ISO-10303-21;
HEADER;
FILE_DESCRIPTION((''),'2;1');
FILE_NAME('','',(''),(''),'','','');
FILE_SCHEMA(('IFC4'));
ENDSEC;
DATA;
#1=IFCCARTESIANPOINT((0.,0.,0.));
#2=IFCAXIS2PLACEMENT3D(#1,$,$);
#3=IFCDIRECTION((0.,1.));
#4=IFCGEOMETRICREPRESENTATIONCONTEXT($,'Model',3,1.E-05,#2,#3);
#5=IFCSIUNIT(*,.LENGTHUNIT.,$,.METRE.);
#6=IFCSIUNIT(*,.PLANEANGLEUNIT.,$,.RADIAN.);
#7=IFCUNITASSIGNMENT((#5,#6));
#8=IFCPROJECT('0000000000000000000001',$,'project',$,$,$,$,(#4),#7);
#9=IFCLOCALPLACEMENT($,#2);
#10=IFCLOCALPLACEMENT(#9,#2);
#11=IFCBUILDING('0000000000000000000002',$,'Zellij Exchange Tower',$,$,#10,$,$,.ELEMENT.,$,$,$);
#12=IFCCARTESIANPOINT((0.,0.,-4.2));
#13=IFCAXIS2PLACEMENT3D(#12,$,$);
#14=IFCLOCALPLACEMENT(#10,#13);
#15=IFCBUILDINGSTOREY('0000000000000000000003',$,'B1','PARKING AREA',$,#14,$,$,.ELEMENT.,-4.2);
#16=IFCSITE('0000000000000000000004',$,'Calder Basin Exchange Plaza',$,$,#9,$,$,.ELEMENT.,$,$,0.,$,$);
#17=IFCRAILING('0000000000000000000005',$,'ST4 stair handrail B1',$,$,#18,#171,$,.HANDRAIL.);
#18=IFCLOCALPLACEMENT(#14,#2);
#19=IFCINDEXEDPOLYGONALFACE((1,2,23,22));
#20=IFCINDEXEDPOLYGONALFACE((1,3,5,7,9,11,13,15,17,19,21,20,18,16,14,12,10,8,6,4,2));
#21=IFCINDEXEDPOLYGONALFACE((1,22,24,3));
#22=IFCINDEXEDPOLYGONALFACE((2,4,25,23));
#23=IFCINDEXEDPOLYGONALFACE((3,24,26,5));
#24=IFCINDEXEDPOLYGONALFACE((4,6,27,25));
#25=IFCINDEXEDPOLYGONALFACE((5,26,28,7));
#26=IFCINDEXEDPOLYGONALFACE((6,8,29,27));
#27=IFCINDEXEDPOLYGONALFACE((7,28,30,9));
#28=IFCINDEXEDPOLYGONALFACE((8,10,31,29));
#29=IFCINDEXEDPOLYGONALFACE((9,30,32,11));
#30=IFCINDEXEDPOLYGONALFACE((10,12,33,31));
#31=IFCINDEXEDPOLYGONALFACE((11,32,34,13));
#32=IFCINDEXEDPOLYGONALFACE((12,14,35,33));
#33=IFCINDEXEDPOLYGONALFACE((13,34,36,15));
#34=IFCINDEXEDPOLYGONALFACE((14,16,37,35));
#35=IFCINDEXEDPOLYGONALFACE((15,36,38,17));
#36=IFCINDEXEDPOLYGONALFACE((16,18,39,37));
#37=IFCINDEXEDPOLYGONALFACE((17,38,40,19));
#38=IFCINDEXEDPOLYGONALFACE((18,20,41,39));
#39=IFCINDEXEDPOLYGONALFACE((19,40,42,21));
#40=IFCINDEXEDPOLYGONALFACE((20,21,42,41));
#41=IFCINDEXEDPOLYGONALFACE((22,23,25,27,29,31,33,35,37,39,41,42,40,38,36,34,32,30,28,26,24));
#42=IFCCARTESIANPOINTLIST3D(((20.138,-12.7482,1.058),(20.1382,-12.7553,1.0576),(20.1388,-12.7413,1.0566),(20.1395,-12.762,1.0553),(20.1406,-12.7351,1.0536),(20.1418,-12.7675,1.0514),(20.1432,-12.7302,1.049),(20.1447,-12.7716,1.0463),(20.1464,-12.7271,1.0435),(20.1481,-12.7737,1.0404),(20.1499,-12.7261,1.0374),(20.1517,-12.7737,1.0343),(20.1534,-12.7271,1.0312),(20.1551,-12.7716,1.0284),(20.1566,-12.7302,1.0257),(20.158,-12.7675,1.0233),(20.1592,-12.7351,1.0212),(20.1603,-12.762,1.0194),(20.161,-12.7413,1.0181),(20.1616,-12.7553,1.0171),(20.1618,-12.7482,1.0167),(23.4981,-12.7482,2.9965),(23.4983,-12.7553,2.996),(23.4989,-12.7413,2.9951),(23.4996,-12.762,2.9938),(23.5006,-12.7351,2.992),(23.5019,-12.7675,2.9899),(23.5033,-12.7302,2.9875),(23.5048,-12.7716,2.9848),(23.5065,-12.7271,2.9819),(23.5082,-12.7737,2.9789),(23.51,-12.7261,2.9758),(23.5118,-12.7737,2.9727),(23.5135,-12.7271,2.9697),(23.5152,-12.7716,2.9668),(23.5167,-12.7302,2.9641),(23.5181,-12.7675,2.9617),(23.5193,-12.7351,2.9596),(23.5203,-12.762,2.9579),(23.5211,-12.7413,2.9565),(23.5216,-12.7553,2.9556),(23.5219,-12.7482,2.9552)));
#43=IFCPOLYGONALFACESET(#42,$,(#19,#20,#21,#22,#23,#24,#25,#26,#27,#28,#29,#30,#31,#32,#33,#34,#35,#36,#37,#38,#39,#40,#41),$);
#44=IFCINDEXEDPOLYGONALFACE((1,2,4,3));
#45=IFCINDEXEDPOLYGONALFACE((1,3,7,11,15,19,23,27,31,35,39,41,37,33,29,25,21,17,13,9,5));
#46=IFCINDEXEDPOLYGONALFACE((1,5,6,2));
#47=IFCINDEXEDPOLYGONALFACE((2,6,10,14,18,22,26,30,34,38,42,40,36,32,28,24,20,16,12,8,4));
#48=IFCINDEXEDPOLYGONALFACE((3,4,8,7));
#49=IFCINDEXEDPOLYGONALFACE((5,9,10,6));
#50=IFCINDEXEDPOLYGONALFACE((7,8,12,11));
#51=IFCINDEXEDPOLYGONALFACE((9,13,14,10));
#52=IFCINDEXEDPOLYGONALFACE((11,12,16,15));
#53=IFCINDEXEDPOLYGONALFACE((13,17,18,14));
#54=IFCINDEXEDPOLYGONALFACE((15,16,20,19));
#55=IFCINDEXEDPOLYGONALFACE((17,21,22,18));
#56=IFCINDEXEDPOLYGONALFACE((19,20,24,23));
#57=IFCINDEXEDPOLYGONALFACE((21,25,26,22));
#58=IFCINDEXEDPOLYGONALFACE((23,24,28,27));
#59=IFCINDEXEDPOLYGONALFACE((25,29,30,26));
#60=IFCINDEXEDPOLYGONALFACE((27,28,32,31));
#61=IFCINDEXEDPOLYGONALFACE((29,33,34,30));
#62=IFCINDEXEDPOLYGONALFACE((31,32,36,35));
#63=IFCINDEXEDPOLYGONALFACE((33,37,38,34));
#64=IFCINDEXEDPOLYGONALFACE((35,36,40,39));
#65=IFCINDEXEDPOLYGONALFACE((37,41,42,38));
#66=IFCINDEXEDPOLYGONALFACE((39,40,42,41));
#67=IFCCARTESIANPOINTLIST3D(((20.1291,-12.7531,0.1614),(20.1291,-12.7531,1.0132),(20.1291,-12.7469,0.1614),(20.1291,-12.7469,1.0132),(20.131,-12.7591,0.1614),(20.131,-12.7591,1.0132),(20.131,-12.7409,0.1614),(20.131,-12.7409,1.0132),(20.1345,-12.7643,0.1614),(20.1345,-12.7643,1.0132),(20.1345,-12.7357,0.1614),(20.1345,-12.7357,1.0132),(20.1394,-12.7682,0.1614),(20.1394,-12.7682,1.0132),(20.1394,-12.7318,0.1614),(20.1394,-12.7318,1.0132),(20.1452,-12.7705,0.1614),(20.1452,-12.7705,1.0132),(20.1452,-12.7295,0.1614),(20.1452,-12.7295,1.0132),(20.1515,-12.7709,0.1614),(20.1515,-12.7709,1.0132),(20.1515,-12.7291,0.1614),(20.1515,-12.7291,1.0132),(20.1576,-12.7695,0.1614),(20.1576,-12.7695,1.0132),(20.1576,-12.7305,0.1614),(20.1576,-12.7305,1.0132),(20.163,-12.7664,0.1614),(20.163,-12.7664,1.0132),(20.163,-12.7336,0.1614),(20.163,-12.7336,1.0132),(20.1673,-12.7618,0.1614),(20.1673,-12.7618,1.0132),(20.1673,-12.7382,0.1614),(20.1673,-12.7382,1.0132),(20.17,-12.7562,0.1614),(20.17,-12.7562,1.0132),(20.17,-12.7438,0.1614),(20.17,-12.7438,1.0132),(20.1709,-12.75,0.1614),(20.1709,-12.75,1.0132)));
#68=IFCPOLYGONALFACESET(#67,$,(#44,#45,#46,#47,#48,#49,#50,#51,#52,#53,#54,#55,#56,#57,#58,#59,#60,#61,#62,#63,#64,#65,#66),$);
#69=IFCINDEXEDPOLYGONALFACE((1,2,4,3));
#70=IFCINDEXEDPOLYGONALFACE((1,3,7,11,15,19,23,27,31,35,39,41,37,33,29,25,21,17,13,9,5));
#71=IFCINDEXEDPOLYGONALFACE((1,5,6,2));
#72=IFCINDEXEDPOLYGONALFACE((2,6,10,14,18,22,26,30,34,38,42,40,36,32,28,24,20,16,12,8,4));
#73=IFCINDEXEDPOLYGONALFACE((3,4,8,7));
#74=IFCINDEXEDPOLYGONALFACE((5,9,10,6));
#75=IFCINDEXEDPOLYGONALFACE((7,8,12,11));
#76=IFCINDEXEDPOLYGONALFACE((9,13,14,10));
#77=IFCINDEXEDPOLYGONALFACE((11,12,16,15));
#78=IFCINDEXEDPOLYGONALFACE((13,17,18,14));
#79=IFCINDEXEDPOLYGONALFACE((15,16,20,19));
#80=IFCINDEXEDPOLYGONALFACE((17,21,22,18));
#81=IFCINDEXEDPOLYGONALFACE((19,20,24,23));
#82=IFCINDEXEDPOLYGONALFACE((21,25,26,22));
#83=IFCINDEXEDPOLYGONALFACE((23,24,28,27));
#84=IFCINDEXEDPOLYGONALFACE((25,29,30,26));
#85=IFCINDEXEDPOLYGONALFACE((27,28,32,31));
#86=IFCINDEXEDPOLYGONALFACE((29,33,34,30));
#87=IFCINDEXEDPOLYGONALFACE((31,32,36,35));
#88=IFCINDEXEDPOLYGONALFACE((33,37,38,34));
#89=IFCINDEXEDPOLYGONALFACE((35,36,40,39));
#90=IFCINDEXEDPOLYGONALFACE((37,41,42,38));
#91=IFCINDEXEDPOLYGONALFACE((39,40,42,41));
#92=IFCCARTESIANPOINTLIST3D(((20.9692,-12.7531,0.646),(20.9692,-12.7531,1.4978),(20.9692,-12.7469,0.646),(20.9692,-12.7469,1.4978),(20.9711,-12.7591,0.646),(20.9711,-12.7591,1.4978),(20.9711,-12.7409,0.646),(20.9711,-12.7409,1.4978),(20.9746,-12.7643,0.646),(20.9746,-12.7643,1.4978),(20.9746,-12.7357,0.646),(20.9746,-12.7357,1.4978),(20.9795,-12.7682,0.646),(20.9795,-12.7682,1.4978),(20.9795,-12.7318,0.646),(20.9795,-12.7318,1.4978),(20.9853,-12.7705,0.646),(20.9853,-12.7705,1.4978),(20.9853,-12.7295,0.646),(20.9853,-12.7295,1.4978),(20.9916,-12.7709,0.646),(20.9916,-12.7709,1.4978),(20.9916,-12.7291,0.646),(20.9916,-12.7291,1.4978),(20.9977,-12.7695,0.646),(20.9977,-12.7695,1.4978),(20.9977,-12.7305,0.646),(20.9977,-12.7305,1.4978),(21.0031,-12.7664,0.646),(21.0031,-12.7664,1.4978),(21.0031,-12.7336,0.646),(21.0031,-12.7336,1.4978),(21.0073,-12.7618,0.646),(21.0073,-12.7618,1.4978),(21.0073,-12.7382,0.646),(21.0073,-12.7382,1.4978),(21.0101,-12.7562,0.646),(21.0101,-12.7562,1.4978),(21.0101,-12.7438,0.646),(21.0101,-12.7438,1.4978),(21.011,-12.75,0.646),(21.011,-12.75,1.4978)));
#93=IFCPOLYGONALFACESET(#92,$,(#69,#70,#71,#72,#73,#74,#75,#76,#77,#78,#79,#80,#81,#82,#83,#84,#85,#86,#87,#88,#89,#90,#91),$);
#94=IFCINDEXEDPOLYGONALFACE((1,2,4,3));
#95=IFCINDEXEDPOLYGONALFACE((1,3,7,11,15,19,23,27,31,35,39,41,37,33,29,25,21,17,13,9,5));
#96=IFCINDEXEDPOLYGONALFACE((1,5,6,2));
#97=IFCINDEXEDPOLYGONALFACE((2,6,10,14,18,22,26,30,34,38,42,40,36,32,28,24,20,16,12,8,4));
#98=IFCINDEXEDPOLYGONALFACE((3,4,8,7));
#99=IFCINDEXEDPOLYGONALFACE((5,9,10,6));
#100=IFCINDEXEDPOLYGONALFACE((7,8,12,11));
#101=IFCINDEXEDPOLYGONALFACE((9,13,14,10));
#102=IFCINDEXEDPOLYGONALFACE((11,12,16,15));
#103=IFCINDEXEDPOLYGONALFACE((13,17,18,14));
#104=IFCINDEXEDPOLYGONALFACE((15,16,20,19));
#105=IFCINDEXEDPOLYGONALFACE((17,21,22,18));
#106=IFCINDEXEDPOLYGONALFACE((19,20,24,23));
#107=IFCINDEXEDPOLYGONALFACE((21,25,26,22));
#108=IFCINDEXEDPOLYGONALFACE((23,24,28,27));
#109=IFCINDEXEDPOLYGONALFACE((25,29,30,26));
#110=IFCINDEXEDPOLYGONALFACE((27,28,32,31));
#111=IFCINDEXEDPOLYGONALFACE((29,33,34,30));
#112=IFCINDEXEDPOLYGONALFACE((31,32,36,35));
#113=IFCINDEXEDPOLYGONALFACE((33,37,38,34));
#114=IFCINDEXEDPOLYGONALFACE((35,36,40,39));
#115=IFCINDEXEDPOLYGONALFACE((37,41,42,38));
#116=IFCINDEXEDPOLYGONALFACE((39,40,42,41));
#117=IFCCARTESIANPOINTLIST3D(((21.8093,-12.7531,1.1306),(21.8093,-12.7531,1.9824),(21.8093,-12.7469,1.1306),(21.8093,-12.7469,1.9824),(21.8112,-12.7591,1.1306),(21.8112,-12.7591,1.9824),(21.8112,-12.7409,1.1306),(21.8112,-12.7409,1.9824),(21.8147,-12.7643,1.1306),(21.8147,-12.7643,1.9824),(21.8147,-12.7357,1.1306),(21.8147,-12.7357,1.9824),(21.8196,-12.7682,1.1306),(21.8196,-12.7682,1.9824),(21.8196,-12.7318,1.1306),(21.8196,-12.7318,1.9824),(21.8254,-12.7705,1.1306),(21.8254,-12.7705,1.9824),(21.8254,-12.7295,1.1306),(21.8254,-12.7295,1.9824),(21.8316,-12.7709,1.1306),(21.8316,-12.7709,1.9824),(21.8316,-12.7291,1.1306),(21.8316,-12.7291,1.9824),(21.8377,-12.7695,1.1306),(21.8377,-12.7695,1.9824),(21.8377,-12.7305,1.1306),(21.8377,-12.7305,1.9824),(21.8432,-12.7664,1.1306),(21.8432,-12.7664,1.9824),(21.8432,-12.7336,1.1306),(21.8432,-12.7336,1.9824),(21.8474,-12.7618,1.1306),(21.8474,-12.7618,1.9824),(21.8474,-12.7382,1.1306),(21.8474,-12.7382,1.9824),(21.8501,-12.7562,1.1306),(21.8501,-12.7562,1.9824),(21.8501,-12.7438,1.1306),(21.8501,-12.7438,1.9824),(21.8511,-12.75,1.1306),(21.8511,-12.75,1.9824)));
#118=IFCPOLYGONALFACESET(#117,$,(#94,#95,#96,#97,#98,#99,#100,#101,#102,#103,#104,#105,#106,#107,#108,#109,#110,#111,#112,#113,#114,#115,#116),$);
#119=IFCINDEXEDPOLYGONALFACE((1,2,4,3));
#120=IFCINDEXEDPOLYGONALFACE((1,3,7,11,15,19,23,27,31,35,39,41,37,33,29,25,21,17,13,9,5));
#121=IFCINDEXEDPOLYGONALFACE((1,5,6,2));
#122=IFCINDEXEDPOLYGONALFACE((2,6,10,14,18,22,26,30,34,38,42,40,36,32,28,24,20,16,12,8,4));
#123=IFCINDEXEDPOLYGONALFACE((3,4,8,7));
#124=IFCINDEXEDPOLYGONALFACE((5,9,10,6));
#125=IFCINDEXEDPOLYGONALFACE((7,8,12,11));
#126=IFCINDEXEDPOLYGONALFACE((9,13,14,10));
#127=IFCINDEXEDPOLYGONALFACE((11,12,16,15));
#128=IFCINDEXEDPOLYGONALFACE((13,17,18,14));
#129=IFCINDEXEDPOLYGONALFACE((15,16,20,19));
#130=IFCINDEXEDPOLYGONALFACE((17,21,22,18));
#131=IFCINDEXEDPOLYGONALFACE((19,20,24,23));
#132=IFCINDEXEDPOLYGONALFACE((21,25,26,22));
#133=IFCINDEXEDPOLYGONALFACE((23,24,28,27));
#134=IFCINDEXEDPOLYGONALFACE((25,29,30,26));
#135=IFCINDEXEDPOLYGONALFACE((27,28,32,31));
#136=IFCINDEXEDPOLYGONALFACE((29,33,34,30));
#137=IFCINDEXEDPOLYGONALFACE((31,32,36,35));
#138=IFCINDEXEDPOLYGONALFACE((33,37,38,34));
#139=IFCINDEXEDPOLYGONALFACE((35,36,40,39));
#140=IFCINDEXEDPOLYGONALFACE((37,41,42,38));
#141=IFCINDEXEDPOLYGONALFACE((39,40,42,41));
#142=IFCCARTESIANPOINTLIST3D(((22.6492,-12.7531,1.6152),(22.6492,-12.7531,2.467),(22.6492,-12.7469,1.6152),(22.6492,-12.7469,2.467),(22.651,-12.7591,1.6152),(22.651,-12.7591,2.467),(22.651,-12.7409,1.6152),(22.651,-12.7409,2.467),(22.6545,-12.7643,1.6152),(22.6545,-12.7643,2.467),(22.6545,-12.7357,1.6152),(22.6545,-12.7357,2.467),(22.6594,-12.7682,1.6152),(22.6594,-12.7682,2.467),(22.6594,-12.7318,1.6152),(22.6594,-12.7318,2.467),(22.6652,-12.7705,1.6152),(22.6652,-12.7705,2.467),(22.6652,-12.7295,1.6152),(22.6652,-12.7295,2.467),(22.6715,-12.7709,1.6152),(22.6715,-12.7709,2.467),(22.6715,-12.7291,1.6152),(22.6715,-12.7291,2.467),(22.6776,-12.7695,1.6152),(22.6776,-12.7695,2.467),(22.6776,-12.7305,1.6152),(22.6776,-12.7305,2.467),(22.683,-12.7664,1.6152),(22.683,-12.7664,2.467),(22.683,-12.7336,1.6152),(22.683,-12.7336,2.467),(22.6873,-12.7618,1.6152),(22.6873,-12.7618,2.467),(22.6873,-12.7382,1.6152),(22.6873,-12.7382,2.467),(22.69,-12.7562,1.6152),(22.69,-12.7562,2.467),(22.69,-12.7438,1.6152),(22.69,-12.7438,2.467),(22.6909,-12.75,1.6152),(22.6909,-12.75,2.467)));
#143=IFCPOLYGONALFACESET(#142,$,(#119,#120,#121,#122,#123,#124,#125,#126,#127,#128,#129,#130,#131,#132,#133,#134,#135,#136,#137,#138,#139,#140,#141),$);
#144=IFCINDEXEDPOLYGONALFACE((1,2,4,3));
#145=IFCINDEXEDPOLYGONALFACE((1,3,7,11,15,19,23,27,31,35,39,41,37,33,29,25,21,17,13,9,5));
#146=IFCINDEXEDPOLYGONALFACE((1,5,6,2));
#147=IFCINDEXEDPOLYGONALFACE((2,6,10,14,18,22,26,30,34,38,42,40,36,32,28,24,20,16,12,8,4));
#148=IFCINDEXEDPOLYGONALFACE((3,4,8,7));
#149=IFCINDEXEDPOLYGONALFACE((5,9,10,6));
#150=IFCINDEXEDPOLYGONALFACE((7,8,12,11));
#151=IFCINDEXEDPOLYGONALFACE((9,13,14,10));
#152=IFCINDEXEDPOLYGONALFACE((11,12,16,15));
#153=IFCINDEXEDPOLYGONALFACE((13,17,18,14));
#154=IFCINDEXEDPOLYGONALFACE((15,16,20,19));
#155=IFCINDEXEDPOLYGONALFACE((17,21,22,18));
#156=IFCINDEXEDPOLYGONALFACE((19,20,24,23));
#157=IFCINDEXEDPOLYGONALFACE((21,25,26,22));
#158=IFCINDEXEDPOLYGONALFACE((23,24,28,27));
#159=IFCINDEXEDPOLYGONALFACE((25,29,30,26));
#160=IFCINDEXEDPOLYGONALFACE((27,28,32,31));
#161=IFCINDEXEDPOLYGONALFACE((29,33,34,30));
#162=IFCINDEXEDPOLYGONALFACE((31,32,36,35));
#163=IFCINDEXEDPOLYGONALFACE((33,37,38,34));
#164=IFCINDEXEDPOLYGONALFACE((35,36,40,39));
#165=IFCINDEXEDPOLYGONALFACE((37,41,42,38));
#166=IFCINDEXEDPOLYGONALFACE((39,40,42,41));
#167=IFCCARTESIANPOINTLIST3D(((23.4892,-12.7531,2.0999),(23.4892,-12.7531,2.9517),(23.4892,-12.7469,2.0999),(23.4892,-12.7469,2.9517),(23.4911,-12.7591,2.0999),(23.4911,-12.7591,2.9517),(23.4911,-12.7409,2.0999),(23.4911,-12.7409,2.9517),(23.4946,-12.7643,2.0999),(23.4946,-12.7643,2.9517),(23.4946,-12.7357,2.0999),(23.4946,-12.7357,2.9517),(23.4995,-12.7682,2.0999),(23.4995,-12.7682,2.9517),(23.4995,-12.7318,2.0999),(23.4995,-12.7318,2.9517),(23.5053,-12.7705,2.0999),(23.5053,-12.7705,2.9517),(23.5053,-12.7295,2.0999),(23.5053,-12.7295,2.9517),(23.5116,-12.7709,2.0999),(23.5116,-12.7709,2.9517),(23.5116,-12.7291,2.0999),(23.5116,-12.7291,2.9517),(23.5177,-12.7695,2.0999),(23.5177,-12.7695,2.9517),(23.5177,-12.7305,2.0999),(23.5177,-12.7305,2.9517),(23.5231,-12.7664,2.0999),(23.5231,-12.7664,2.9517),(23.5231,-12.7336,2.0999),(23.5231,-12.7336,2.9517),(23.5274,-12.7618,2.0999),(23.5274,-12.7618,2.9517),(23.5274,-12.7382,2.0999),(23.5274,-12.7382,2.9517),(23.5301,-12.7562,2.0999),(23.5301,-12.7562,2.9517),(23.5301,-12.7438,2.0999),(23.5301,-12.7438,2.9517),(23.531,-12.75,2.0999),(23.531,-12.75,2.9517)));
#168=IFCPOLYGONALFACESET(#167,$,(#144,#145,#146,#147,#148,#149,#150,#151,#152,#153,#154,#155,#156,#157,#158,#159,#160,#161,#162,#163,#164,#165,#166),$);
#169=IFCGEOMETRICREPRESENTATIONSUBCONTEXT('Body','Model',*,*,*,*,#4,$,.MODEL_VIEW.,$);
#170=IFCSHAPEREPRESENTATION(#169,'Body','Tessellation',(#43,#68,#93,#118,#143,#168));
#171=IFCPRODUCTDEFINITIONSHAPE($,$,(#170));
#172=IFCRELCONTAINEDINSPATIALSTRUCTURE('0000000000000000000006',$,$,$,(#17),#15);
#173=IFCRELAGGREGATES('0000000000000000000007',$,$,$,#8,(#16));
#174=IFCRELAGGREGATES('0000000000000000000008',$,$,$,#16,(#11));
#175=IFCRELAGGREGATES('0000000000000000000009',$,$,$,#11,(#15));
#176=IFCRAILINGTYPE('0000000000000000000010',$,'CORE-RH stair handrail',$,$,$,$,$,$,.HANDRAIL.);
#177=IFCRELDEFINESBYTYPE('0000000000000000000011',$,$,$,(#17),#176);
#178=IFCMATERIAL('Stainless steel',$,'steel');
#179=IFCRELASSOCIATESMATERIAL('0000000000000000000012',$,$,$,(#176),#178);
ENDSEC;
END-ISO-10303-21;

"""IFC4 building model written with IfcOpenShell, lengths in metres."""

from ifc_helpers import new_model, si_unit, direction, frame, origin, origin_2d, place, context, subcontext, project, spatial, circle, extrude, material, type_object, element, save


model = new_model("IFC4")

# Units and contexts
model_context = context("Model", 3, precision=1e-05, world=origin(), true_north=direction((0.0, 1.0)))
body_context = subcontext(model_context, "Body", "Model", "MODEL_VIEW")
ifc_project = project(units=[si_unit("LENGTHUNIT", "METRE"), si_unit("PLANEANGLEUNIT", "RADIAN")], contexts=[model_context])

# Site, building, storey
site_placement = place(None, origin())
site = spatial("IfcSite", under=ifc_project, at=site_placement, Name="Calder Basin Exchange Plaza", CompositionType="ELEMENT", RefElevation=0.0)
building_placement = place(site_placement, origin())
building = spatial("IfcBuilding", under=site, at=building_placement, Name="Zellij Exchange Tower", CompositionType="ELEMENT")
storey_placement = place(building_placement, frame((0.0, 0.0, -4.2)))
storey = spatial("IfcBuildingStorey", under=building, at=storey_placement, Name="B1", Description="PARKING AREA", CompositionType="ELEMENT", Elevation=-4.2)

# Railing
ifc_material_1 = material(Name="Stainless steel", Category="steel")
railing_type_1 = type_object("IfcRailingType", Name="CORE-RH stair handrail", PredefinedType="HANDRAIL", material=ifc_material_1)
railing_1_placement = place(storey_placement, frame((20.1499, -12.75, 0.1614)))
element("IfcRailing", 1, at=railing_1_placement, inside=storey, type_object=railing_type_1, Name="ST4 stair handrail B1", PredefinedType="HANDRAIL", context=body_context, shape_type="SweptSolid", body=[
    extrude(circle(Radius=0.0239, at=origin_2d()), frame((0.0, 0.0, 0.876), z_axis=(0.866191, 0.0, 0.499713), x_axis=(0.0, 1.0, 0.0)), (0.0, 0.0, 1.0), 3.8792),
    extrude(circle(Radius=0.021, at=origin_2d()), origin(), (0.0, 0.0, 1.0), 0.8518),
    extrude(circle(Radius=0.021, at=origin_2d()), frame((0.8401, 0.0, 0.4846)), (0.0, 0.0, 1.0), 0.8518),
    extrude(circle(Radius=0.021, at=origin_2d()), frame((1.6802, 0.0, 0.9692)), (0.0, 0.0, 1.0), 0.8518),
    extrude(circle(Radius=0.021, at=origin_2d()), frame((2.52, 0.0, 1.4539)), (0.0, 0.0, 1.0), 0.8518),
    extrude(circle(Radius=0.021, at=origin_2d()), frame((3.3601, 0.0, 1.9385)), (0.0, 0.0, 1.0), 0.8518),
])

save(model, "model.ifc")
